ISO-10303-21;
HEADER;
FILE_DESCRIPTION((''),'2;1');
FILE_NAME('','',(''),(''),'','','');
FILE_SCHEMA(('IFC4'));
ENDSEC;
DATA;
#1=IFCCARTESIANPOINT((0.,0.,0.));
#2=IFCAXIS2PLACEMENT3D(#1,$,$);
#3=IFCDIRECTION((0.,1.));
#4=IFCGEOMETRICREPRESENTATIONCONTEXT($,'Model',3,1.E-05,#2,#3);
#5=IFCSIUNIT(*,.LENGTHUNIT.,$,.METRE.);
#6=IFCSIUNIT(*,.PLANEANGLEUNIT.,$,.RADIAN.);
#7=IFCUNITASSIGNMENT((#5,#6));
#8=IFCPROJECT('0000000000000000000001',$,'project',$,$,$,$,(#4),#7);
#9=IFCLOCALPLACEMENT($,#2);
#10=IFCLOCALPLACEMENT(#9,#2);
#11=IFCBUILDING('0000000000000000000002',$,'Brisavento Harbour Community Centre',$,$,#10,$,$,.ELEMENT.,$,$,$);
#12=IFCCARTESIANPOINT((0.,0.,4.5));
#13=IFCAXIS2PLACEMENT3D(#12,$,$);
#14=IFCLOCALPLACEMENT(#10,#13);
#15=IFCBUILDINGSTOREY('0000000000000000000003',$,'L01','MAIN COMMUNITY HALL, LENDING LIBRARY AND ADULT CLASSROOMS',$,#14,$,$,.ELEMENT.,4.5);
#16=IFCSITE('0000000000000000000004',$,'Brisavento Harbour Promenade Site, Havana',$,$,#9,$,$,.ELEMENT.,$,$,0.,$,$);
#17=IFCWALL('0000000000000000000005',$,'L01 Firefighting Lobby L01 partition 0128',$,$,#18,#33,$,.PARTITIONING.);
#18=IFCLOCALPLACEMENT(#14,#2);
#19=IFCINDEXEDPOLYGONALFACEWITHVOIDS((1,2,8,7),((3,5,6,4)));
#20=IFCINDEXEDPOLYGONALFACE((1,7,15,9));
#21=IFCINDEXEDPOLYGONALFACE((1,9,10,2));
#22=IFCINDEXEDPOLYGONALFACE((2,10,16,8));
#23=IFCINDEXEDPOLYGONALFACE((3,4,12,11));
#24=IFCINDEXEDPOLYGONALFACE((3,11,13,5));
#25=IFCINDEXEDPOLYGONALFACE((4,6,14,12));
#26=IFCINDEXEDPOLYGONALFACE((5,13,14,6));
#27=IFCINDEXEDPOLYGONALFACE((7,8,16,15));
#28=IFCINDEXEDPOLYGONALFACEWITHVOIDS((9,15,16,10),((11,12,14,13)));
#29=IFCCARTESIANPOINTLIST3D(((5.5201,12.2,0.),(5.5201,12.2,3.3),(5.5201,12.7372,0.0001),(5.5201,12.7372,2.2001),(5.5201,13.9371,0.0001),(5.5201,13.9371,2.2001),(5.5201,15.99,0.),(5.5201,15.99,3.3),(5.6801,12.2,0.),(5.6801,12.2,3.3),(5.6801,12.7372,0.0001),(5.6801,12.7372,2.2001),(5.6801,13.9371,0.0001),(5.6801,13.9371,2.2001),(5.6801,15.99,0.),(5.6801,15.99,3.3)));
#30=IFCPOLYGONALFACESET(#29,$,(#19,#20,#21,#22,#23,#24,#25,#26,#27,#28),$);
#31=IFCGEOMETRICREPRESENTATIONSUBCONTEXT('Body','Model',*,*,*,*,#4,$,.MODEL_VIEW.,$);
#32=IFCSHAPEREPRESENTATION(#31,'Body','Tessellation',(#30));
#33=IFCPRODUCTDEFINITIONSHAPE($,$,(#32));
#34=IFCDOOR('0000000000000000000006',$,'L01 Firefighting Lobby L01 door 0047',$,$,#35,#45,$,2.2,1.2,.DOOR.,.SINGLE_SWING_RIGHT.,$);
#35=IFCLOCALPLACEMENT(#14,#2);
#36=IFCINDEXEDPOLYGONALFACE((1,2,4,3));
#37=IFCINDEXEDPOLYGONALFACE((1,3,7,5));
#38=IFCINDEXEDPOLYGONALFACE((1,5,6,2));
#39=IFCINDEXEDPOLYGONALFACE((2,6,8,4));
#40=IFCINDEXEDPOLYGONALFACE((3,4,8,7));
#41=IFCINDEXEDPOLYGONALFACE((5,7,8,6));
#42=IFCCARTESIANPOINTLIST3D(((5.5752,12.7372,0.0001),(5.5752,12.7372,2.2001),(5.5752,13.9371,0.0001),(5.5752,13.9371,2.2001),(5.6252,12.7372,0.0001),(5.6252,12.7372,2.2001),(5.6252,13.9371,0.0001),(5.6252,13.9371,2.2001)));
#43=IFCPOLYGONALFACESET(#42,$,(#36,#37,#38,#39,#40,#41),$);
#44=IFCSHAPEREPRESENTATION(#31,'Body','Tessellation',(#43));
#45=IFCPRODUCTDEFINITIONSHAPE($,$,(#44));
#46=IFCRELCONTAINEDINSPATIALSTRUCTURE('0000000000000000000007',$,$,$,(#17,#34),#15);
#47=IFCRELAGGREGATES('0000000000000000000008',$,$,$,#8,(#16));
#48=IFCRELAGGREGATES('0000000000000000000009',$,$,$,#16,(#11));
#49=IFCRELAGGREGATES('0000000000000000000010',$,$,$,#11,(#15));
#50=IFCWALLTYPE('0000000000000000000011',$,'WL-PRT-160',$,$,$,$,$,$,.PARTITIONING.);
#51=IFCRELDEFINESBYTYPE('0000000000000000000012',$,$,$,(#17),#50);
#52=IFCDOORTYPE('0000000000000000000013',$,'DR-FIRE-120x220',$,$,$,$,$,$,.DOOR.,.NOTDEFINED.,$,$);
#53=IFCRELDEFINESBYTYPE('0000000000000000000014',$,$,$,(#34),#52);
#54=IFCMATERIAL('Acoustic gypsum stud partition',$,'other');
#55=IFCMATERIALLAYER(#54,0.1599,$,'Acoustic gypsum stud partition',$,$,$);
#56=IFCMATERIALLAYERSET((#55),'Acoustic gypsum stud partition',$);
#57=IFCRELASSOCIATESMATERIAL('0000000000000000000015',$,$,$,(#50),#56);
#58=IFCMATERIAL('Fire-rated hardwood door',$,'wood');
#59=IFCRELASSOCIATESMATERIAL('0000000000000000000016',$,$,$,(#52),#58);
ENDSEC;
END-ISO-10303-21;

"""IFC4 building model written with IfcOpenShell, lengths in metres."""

from ifc_helpers import new_model, si_unit, direction, frame, frame_2d, origin, place, context, subcontext, project, spatial, rectangle, extrude, material, layer, layer_set, type_object, element, fill, save


model = new_model("IFC4")

# Units and contexts
model_context = context("Model", 3, precision=1e-05, world=origin(), true_north=direction((0.0, 1.0)))
body_context = subcontext(model_context, "Body", "Model", "MODEL_VIEW")
ifc_project = project(units=[si_unit("LENGTHUNIT", "METRE"), si_unit("PLANEANGLEUNIT", "RADIAN")], contexts=[model_context])

# Site, building, storey
site_placement = place(None, origin())
site = spatial("IfcSite", under=ifc_project, at=site_placement, Name="Brisavento Harbour Promenade Site, Havana", CompositionType="ELEMENT", RefElevation=0.0)
building_placement = place(site_placement, origin())
building = spatial("IfcBuilding", under=site, at=building_placement, Name="Brisavento Harbour Community Centre", CompositionType="ELEMENT")
storey_placement = place(building_placement, frame((0.0, 0.0, 4.5)))
storey = spatial("IfcBuildingStorey", under=building, at=storey_placement, Name="L01", Description="MAIN COMMUNITY HALL, LENDING LIBRARY AND ADULT CLASSROOMS", CompositionType="ELEMENT", Elevation=4.5)

# Wall, opening, door
ifc_material_1 = material(Name="Acoustic gypsum stud partition", Category="other")
ifc_layer_1 = layer(ifc_material_1, 0.1599, Name="Acoustic gypsum stud partition")
ifc_layer_set_1 = layer_set([ifc_layer_1], Name="Acoustic gypsum stud partition")
wall_type_1 = type_object("IfcWallType", Name="WL-PRT-160", PredefinedType="PARTITIONING", material=ifc_layer_set_1)
wall_1_placement = place(storey_placement, frame((5.6001, 12.2, 0.0), z_axis=(0.0, 0.0, 1.0), x_axis=(0.0, 1.0, 0.0)))
wall_1 = element("IfcWall", 1, at=wall_1_placement, inside=storey, type_object=wall_type_1, Name="L01 Firefighting Lobby L01 partition 0128", PredefinedType="PARTITIONING", context=body_context, shape_type="SweptSolid", body=[
    extrude(rectangle(XDim=3.79, YDim=0.1599, at=frame_2d((1.895, 0.0))), origin(), (0.0, 0.0, 1.0), 3.3),
])
opening_placement = place(wall_1_placement, frame((0.5371, 0.0, 0.0)))
opening = element("IfcOpeningElement", 2, at=opening_placement, cuts=wall_1, PredefinedType="OPENING", context=body_context, shape_type="SweptSolid", body=[
    extrude(rectangle(XDim=1.2, YDim=2.2, at=frame_2d((0.6001, 1.1001))), frame((0.0, 0.0898, 0.0), z_axis=(0.0, -1.0, 0.0), x_axis=(1.0, 0.0, 0.0)), (0.0, 0.0, 1.0), 0.1799),
])
ifc_material_2 = material(Name="Fire-rated hardwood door", Category="wood")
door_type = type_object("IfcDoorType", Name="DR-FIRE-120x220", OperationType="NOTDEFINED", PredefinedType="DOOR", material=ifc_material_2)
door_placement = place(opening_placement, origin())
door = element("IfcDoor", 3, at=door_placement, inside=storey, type_object=door_type, Name="L01 Firefighting Lobby L01 door 0047", OperationType="SINGLE_SWING_RIGHT", OverallHeight=2.2, OverallWidth=1.2, PredefinedType="DOOR", context=body_context, shape_type="SweptSolid", body=[
    extrude(rectangle(XDim=1.2, YDim=2.2, at=frame_2d((0.6001, 1.1001))), frame((0.0, 0.0249, 0.0), z_axis=(0.0, -1.0, 0.0), x_axis=(1.0, 0.0, 0.0)), (0.0, 0.0, 1.0), 0.05),
])
fill(opening, door)

save(model, "model.ifc")
